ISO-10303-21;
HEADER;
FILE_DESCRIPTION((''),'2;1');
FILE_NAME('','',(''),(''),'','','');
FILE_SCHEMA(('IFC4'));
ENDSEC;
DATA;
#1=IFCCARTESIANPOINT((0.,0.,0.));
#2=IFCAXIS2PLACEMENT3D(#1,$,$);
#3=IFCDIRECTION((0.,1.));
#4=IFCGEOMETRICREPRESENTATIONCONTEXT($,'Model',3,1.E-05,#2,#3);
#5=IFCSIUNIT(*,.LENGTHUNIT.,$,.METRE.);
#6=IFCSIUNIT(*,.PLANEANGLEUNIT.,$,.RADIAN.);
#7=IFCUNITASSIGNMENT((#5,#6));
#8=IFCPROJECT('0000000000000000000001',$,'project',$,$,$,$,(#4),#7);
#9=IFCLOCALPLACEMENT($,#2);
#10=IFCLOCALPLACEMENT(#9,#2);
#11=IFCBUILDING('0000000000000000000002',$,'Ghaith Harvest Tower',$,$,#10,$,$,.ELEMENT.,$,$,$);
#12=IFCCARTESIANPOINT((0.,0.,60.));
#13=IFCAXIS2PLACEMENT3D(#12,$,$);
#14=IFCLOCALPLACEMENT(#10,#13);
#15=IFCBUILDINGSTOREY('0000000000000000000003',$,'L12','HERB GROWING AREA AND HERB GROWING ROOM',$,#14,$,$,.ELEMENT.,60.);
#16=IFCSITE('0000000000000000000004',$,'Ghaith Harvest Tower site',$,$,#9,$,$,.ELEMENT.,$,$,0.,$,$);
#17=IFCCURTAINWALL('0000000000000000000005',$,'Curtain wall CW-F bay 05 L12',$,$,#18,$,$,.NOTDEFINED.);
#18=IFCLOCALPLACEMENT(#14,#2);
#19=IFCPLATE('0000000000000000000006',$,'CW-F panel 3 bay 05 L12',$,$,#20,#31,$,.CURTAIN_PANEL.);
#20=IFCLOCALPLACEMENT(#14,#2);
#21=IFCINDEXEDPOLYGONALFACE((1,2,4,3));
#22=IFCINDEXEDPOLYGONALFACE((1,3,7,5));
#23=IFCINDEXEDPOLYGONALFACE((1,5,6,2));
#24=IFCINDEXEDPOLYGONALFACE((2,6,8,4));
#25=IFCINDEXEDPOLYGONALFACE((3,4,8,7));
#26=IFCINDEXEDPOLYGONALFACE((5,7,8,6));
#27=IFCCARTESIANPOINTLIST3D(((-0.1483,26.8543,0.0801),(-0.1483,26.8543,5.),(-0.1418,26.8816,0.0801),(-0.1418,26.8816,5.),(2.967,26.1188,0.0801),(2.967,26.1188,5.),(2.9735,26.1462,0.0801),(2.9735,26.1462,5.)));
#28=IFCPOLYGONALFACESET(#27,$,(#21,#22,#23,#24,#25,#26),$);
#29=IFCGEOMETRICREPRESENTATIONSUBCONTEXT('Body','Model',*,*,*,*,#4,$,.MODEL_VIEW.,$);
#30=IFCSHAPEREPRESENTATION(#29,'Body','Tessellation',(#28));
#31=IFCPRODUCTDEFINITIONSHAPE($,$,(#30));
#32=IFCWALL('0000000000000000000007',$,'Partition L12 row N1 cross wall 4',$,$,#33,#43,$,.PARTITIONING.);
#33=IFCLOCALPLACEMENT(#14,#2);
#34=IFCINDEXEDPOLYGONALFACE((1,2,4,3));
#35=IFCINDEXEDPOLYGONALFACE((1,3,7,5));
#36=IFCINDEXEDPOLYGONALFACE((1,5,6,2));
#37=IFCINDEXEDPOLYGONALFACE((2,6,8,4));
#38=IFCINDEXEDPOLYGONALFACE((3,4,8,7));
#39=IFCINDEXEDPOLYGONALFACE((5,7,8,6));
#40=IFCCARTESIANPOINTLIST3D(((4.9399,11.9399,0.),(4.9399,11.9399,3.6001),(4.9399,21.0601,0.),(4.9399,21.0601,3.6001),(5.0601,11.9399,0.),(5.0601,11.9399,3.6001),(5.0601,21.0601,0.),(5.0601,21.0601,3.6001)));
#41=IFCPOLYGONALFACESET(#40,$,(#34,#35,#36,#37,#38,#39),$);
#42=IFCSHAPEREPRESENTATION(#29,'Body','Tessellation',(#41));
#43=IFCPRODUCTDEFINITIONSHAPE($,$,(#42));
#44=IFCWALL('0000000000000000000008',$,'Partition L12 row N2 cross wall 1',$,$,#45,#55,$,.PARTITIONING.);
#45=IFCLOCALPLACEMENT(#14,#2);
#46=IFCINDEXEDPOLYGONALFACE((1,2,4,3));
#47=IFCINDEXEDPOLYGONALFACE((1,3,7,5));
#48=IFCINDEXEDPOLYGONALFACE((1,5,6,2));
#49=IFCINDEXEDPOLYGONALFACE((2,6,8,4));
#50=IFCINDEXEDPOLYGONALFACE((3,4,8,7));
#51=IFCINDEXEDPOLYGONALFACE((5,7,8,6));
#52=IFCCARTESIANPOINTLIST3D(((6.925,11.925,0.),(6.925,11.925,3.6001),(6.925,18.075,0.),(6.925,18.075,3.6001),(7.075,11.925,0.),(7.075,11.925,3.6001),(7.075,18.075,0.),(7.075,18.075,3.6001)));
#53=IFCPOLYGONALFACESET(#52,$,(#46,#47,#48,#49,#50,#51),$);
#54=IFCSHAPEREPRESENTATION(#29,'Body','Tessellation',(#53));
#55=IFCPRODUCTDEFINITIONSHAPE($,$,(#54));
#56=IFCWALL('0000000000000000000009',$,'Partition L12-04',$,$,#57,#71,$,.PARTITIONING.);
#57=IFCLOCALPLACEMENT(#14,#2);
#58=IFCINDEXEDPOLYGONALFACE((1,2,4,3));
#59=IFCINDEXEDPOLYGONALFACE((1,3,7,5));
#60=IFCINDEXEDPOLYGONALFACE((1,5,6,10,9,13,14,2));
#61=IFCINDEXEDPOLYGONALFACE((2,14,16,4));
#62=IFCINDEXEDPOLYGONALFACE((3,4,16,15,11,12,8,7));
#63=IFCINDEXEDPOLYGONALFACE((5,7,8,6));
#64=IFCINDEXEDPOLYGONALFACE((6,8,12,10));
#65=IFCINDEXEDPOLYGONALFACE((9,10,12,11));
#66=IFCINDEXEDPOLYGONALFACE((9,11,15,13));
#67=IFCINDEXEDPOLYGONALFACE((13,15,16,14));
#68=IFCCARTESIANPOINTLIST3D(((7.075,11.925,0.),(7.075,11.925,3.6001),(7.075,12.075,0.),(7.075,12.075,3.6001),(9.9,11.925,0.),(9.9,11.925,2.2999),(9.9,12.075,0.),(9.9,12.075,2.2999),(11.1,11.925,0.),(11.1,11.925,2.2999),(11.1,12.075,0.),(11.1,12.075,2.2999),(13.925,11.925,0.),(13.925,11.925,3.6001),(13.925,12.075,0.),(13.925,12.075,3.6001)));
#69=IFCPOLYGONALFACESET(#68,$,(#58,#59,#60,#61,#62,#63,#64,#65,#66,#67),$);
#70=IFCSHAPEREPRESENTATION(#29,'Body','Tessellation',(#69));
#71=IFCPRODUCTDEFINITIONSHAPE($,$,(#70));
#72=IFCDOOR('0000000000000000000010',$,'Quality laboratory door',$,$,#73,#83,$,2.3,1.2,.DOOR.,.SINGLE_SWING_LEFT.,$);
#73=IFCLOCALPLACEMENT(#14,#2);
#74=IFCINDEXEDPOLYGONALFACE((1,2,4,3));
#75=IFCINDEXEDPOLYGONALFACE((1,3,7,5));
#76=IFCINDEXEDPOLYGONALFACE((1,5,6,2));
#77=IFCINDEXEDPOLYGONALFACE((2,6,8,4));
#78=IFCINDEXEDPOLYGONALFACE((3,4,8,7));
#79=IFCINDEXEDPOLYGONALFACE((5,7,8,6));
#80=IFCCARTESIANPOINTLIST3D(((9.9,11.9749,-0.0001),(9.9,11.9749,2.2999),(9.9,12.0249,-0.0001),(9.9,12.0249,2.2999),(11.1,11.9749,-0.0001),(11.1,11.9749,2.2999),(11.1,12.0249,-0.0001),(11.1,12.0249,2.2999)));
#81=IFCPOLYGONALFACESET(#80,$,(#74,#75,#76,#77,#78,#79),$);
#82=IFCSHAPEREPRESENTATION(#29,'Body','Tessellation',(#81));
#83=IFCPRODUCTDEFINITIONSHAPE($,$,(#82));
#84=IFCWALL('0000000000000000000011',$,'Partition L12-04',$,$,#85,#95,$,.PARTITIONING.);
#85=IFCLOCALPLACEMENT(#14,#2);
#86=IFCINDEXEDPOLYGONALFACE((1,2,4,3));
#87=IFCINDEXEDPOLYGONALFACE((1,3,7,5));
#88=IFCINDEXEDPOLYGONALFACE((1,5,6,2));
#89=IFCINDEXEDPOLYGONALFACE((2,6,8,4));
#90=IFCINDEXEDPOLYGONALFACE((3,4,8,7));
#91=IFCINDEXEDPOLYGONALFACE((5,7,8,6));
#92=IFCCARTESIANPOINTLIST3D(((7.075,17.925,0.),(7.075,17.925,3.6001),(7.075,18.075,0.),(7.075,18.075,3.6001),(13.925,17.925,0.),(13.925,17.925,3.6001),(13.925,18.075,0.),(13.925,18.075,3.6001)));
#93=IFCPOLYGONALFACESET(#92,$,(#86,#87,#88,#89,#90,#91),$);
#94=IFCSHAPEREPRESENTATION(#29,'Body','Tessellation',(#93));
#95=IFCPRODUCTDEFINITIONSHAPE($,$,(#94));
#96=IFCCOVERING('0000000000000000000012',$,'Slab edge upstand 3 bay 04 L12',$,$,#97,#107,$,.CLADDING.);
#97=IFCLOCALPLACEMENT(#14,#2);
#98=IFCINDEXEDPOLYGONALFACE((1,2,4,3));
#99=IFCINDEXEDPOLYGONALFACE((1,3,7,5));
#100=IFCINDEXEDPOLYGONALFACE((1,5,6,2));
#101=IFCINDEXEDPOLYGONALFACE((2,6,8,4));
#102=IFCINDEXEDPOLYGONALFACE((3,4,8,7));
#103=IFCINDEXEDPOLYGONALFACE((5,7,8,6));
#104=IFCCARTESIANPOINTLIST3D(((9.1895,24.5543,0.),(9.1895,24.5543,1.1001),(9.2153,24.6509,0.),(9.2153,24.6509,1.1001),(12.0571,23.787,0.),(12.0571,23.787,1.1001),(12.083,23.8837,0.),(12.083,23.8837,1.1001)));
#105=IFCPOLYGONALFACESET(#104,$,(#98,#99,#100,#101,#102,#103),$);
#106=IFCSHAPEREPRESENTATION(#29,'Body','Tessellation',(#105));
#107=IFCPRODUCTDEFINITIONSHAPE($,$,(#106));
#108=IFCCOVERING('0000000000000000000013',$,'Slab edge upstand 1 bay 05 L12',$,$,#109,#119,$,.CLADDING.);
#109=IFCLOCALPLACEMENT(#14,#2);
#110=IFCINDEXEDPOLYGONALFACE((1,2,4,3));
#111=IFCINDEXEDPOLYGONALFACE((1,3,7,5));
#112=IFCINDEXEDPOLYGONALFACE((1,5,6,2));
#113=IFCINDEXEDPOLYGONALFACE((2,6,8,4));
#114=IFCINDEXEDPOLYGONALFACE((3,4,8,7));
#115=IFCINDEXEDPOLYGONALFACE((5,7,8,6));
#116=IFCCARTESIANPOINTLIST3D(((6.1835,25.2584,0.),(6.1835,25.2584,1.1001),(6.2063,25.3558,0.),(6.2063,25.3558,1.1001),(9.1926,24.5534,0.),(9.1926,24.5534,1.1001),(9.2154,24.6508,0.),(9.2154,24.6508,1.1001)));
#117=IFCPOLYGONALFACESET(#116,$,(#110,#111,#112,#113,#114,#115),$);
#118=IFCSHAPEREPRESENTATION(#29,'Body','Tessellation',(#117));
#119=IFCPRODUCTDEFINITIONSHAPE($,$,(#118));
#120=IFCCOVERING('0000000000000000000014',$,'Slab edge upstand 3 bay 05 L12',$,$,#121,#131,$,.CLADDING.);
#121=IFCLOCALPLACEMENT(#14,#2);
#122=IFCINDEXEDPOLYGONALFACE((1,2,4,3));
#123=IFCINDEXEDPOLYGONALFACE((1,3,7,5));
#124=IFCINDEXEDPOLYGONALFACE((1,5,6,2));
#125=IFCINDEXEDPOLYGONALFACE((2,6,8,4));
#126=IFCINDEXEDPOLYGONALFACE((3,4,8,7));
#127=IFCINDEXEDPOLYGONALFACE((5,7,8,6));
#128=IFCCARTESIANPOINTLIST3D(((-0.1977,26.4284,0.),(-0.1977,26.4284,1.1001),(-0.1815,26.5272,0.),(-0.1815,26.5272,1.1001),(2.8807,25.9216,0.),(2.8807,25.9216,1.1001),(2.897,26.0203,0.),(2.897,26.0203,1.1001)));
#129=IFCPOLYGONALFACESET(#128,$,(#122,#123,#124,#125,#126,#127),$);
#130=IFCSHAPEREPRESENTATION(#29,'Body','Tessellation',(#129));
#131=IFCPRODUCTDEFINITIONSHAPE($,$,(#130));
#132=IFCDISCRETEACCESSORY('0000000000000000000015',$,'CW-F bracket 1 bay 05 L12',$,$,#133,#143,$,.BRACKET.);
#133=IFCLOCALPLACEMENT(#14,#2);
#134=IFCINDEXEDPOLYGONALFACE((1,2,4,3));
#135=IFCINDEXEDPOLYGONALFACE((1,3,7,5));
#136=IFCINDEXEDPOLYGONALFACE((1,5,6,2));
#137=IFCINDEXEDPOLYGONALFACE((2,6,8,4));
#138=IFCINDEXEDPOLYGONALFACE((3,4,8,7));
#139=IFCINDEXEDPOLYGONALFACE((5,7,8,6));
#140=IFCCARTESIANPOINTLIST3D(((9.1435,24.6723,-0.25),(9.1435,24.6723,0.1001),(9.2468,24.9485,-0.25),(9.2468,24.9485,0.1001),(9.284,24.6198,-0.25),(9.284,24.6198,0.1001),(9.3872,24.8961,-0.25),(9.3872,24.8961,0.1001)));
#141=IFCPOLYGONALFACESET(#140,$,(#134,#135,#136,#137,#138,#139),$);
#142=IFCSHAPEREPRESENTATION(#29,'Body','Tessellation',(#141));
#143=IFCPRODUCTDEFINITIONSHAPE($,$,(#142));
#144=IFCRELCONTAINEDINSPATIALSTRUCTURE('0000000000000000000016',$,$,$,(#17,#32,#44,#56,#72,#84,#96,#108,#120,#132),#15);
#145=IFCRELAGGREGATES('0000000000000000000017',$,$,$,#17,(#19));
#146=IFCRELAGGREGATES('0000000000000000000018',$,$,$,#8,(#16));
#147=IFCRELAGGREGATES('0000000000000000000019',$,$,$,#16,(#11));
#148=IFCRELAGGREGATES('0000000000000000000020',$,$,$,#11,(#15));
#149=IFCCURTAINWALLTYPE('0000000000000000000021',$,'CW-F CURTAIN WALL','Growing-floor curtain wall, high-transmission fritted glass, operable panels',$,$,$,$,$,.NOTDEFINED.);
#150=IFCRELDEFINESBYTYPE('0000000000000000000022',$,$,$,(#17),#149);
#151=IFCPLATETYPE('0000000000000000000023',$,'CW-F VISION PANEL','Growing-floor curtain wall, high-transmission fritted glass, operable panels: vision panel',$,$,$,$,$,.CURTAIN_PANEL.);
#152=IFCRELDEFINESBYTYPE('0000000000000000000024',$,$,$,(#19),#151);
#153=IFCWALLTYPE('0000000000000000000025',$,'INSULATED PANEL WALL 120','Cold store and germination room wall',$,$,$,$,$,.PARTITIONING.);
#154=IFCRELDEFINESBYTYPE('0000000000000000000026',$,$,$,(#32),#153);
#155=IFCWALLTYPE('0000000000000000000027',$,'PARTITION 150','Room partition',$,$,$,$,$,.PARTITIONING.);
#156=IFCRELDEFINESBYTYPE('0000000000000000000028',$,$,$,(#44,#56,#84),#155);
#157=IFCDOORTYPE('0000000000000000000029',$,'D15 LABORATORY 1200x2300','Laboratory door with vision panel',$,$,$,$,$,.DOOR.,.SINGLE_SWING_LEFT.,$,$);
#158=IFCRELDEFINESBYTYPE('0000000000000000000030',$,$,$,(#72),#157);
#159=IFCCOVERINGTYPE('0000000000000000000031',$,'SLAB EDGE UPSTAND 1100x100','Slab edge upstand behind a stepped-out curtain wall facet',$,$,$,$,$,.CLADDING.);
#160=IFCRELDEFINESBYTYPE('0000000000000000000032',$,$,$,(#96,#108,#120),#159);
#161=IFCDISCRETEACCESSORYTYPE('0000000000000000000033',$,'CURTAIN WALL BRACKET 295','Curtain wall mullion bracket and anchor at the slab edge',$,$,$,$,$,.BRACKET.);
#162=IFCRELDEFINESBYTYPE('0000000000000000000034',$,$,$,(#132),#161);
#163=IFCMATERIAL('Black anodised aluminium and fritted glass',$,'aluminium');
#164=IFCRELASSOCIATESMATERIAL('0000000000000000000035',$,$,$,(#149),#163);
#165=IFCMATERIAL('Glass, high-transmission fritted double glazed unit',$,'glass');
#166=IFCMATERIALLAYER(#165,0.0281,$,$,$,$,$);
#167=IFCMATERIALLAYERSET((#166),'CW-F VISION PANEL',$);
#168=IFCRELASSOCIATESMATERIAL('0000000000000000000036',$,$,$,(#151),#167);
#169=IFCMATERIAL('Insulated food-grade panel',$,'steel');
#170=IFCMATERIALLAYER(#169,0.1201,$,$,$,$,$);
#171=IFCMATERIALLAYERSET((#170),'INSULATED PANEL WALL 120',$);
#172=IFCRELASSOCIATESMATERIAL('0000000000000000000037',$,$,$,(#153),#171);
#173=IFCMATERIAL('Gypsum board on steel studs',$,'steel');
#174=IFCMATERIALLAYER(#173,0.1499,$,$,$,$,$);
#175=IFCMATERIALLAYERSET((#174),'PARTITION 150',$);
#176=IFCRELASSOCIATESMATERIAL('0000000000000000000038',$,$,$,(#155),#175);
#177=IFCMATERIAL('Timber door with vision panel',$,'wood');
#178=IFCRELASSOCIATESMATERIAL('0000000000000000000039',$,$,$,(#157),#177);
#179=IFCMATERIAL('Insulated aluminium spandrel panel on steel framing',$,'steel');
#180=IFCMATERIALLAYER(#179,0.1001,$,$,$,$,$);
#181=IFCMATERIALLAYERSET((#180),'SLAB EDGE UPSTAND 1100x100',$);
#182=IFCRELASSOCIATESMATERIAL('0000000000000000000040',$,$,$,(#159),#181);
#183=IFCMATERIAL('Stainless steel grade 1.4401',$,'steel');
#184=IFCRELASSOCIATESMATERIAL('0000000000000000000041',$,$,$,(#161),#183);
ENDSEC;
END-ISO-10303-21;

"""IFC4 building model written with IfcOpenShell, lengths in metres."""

from ifc_helpers import new_model, si_unit, direction, frame, frame_2d, origin, origin_2d, place, context, subcontext, project, spatial, rectangle, extrude, material, layer, layer_set, type_object, element, fill, aggregate, save


model = new_model("IFC4")

# Units and contexts
model_context = context("Model", 3, precision=1e-05, world=origin(), true_north=direction((0.0, 1.0)))
body_context = subcontext(model_context, "Body", "Model", "MODEL_VIEW")
ifc_project = project(units=[si_unit("LENGTHUNIT", "METRE"), si_unit("PLANEANGLEUNIT", "RADIAN")], contexts=[model_context])

# Site, building, storey
site_placement = place(None, origin())
site = spatial("IfcSite", under=ifc_project, at=site_placement, Name="Ghaith Harvest Tower site", CompositionType="ELEMENT", RefElevation=0.0)
building_placement = place(site_placement, origin())
building = spatial("IfcBuilding", under=site, at=building_placement, Name="Ghaith Harvest Tower", CompositionType="ELEMENT")
storey_placement = place(building_placement, frame((0.0, 0.0, 60.0)))
storey = spatial("IfcBuildingStorey", under=building, at=storey_placement, Name="L12", Description="HERB GROWING AREA AND HERB GROWING ROOM", CompositionType="ELEMENT", Elevation=60.0)

# Shared definitions
ifc_material_1 = material(Name="Black anodised aluminium and fritted glass", Category="aluminium")
curtain_wall_type = type_object("IfcCurtainWallType", Name="CW-F CURTAIN WALL", Description="Growing-floor curtain wall, high-transmission fritted glass, operable panels", PredefinedType="NOTDEFINED", material=ifc_material_1)

# Curtain wall
curtain_wall_1_placement = place(storey_placement, origin())
curtain_wall_1 = element("IfcCurtainWall", 1, at=curtain_wall_1_placement, inside=storey, type_object=curtain_wall_type, Name="Curtain wall CW-F bay 05 L12", PredefinedType="NOTDEFINED")

# Plate
ifc_material_2 = material(Name="Glass, high-transmission fritted double glazed unit", Category="glass")
ifc_layer_1 = layer(ifc_material_2, 0.0281)
ifc_layer_set_1 = layer_set([ifc_layer_1], Name="CW-F VISION PANEL")
plate_type = type_object("IfcPlateType", Name="CW-F VISION PANEL", Description="Growing-floor curtain wall, high-transmission fritted glass, operable panels: vision panel", PredefinedType="CURTAIN_PANEL", material=ifc_layer_set_1)
plate_1_placement = place(storey_placement, frame((1.4126, 26.5002, 0.0801), z_axis=(0.0, 0.0, 1.0), x_axis=(-0.973246, 0.229766, 0.0)))
plate_1 = element("IfcPlate", 2, at=plate_1_placement, type_object=plate_type, Name="CW-F panel 3 bay 05 L12", PredefinedType="CURTAIN_PANEL", context=body_context, shape_type="SweptSolid", body=[
    extrude(rectangle(XDim=3.2009, YDim=0.0281, at=origin_2d()), origin(), (0.0, 0.0, 1.0), 4.9199),
])
aggregate(curtain_wall_1, [plate_1])

# Walls
ifc_material_3 = material(Name="Insulated food-grade panel", Category="steel")
ifc_layer_2 = layer(ifc_material_3, 0.1201)
ifc_layer_set_2 = layer_set([ifc_layer_2], Name="INSULATED PANEL WALL 120")
wall_type_1 = type_object("IfcWallType", Name="INSULATED PANEL WALL 120", Description="Cold store and germination room wall", PredefinedType="PARTITIONING", material=ifc_layer_set_2)
wall_1_placement = place(storey_placement, frame((5.0, 11.9399, 0.0), z_axis=(0.0, 0.0, 1.0), x_axis=(0.0, 1.0, 0.0)))
element("IfcWall", 3, at=wall_1_placement, inside=storey, type_object=wall_type_1, Name="Partition L12 row N1 cross wall 4", PredefinedType="PARTITIONING", context=body_context, shape_type="SweptSolid", body=[
    extrude(rectangle(XDim=9.1201, YDim=0.1201, at=frame_2d((4.5601, 0.0))), origin(), (0.0, 0.0, 1.0), 3.6001),
])
ifc_material_4 = material(Name="Gypsum board on steel studs", Category="steel")
ifc_layer_3 = layer(ifc_material_4, 0.1499)
ifc_layer_set_3 = layer_set([ifc_layer_3], Name="PARTITION 150")
wall_type_2 = type_object("IfcWallType", Name="PARTITION 150", Description="Room partition", PredefinedType="PARTITIONING", material=ifc_layer_set_3)
wall_2_placement = place(storey_placement, frame((7.0, 11.925, 0.0), z_axis=(0.0, 0.0, 1.0), x_axis=(0.0, 1.0, 0.0)))
element("IfcWall", 4, at=wall_2_placement, inside=storey, type_object=wall_type_2, Name="Partition L12 row N2 cross wall 1", PredefinedType="PARTITIONING", context=body_context, shape_type="SweptSolid", body=[
    extrude(rectangle(XDim=6.1499, YDim=0.1499, at=frame_2d((3.075, 0.0))), origin(), (0.0, 0.0, 1.0), 3.6001),
])

# Wall, opening, door
wall_3_placement = place(storey_placement, frame((7.075, 12.0, 0.0), z_axis=(0.0, 0.0, 1.0), x_axis=(1.0, 0.0, 0.0)))
wall_3 = element("IfcWall", 5, at=wall_3_placement, inside=storey, type_object=wall_type_2, Name="Partition L12-04", PredefinedType="PARTITIONING", context=body_context, shape_type="SweptSolid", body=[
    extrude(rectangle(XDim=6.8501, YDim=0.1499, at=frame_2d((3.425, 0.0))), origin(), (0.0, 0.0, 1.0), 3.6001),
])
opening_placement = place(wall_3_placement, frame((2.825, 0.0, 0.0)))
opening = element("IfcOpeningElement", 6, at=opening_placement, cuts=wall_3, PredefinedType="OPENING", context=body_context, shape_type="SweptSolid", body=[
    extrude(rectangle(XDim=1.2, YDim=2.3, at=frame_2d((0.6001, 1.1499))), frame((0.0, 0.085, 0.0), z_axis=(0.0, -1.0, 0.0), x_axis=(1.0, 0.0, 0.0)), (0.0, 0.0, 1.0), 0.1699),
])
ifc_material_5 = material(Name="Timber door with vision panel", Category="wood")
door_type = type_object("IfcDoorType", Name="D15 LABORATORY 1200x2300", Description="Laboratory door with vision panel", OperationType="SINGLE_SWING_LEFT", PredefinedType="DOOR", material=ifc_material_5)
door_placement = place(opening_placement, origin())
door = element("IfcDoor", 7, at=door_placement, inside=storey, type_object=door_type, Name="Quality laboratory door", OperationType="SINGLE_SWING_LEFT", OverallHeight=2.3, OverallWidth=1.2, PredefinedType="DOOR", context=body_context, shape_type="SweptSolid", body=[
    extrude(rectangle(XDim=1.2, YDim=2.3, at=frame_2d((0.6001, 1.1499))), frame((0.0, 0.0249, 0.0), z_axis=(0.0, -1.0, 0.0), x_axis=(1.0, 0.0, 0.0)), (0.0, 0.0, 1.0), 0.05),
])
fill(opening, door)

# Wall
wall_4_placement = place(storey_placement, frame((7.075, 18.0, 0.0), z_axis=(0.0, 0.0, 1.0), x_axis=(1.0, 0.0, 0.0)))
element("IfcWall", 8, at=wall_4_placement, inside=storey, type_object=wall_type_2, Name="Partition L12-04", PredefinedType="PARTITIONING", context=body_context, shape_type="SweptSolid", body=[
    extrude(rectangle(XDim=6.8501, YDim=0.1499, at=frame_2d((3.425, 0.0))), origin(), (0.0, 0.0, 1.0), 3.6001),
])

# Coverings
ifc_material_6 = material(Name="Insulated aluminium spandrel panel on steel framing", Category="steel")
ifc_layer_4 = layer(ifc_material_6, 0.1001)
ifc_layer_set_4 = layer_set([ifc_layer_4], Name="SLAB EDGE UPSTAND 1100x100")
covering_type = type_object("IfcCoveringType", Name="SLAB EDGE UPSTAND 1100x100", Description="Slab edge upstand behind a stepped-out curtain wall facet", PredefinedType="CLADDING", material=ifc_layer_set_4)
covering_1_placement = place(storey_placement, frame((10.6362, 24.219, 0.0), z_axis=(0.0, 0.0, 1.0), x_axis=(-0.966024, 0.258451, 0.0)))
element("IfcCovering", 9, at=covering_1_placement, inside=storey, type_object=covering_type, Name="Slab edge upstand 3 bay 04 L12", PredefinedType="CLADDING", context=body_context, shape_type="SweptSolid", body=[
    extrude(rectangle(XDim=2.9685, YDim=0.1001, at=origin_2d()), origin(), (0.0, 0.0, 1.0), 1.1001),
])
covering_2_placement = place(storey_placement, frame((7.6995, 24.9546, 0.0), z_axis=(0.0, 0.0, 1.0), x_axis=(-0.973634, 0.228115, 0.0)))
element("IfcCovering", 10, at=covering_2_placement, inside=storey, type_object=covering_type, Name="Slab edge upstand 1 bay 05 L12", PredefinedType="CLADDING", context=body_context, shape_type="SweptSolid", body=[
    extrude(rectangle(XDim=3.0906, YDim=0.1001, at=origin_2d()), origin(), (0.0, 0.0, 1.0), 1.1001),
])
covering_3_placement = place(storey_placement, frame((1.3496, 26.2244, 0.0), z_axis=(0.0, 0.0, 1.0), x_axis=(-0.986716, 0.162453, 0.0)))
element("IfcCovering", 11, at=covering_3_placement, inside=storey, type_object=covering_type, Name="Slab edge upstand 3 bay 05 L12", PredefinedType="CLADDING", context=body_context, shape_type="SweptSolid", body=[
    extrude(rectangle(XDim=3.1199, YDim=0.1001, at=origin_2d()), origin(), (0.0, 0.0, 1.0), 1.1001),
])

# Discrete accessory
ifc_material_7 = material(Name="Stainless steel grade 1.4401", Category="steel")
discrete_accessory_type = type_object("IfcDiscreteAccessoryType", Name="CURTAIN WALL BRACKET 295", Description="Curtain wall mullion bracket and anchor at the slab edge", PredefinedType="BRACKET", material=ifc_material_7)
discrete_accessory_placement = place(storey_placement, frame((9.2654, 24.7842, -0.25), z_axis=(0.0, 0.0, 1.0), x_axis=(0.350168, 0.936687, 0.0)))
element("IfcDiscreteAccessory", 12, at=discrete_accessory_placement, inside=storey, type_object=discrete_accessory_type, Name="CW-F bracket 1 bay 05 L12", PredefinedType="BRACKET", context=body_context, shape_type="SweptSolid", body=[
    extrude(rectangle(XDim=0.2949, YDim=0.1499, at=origin_2d()), origin(), (0.0, 0.0, 1.0), 0.3501),
])

save(model, "model.ifc")
